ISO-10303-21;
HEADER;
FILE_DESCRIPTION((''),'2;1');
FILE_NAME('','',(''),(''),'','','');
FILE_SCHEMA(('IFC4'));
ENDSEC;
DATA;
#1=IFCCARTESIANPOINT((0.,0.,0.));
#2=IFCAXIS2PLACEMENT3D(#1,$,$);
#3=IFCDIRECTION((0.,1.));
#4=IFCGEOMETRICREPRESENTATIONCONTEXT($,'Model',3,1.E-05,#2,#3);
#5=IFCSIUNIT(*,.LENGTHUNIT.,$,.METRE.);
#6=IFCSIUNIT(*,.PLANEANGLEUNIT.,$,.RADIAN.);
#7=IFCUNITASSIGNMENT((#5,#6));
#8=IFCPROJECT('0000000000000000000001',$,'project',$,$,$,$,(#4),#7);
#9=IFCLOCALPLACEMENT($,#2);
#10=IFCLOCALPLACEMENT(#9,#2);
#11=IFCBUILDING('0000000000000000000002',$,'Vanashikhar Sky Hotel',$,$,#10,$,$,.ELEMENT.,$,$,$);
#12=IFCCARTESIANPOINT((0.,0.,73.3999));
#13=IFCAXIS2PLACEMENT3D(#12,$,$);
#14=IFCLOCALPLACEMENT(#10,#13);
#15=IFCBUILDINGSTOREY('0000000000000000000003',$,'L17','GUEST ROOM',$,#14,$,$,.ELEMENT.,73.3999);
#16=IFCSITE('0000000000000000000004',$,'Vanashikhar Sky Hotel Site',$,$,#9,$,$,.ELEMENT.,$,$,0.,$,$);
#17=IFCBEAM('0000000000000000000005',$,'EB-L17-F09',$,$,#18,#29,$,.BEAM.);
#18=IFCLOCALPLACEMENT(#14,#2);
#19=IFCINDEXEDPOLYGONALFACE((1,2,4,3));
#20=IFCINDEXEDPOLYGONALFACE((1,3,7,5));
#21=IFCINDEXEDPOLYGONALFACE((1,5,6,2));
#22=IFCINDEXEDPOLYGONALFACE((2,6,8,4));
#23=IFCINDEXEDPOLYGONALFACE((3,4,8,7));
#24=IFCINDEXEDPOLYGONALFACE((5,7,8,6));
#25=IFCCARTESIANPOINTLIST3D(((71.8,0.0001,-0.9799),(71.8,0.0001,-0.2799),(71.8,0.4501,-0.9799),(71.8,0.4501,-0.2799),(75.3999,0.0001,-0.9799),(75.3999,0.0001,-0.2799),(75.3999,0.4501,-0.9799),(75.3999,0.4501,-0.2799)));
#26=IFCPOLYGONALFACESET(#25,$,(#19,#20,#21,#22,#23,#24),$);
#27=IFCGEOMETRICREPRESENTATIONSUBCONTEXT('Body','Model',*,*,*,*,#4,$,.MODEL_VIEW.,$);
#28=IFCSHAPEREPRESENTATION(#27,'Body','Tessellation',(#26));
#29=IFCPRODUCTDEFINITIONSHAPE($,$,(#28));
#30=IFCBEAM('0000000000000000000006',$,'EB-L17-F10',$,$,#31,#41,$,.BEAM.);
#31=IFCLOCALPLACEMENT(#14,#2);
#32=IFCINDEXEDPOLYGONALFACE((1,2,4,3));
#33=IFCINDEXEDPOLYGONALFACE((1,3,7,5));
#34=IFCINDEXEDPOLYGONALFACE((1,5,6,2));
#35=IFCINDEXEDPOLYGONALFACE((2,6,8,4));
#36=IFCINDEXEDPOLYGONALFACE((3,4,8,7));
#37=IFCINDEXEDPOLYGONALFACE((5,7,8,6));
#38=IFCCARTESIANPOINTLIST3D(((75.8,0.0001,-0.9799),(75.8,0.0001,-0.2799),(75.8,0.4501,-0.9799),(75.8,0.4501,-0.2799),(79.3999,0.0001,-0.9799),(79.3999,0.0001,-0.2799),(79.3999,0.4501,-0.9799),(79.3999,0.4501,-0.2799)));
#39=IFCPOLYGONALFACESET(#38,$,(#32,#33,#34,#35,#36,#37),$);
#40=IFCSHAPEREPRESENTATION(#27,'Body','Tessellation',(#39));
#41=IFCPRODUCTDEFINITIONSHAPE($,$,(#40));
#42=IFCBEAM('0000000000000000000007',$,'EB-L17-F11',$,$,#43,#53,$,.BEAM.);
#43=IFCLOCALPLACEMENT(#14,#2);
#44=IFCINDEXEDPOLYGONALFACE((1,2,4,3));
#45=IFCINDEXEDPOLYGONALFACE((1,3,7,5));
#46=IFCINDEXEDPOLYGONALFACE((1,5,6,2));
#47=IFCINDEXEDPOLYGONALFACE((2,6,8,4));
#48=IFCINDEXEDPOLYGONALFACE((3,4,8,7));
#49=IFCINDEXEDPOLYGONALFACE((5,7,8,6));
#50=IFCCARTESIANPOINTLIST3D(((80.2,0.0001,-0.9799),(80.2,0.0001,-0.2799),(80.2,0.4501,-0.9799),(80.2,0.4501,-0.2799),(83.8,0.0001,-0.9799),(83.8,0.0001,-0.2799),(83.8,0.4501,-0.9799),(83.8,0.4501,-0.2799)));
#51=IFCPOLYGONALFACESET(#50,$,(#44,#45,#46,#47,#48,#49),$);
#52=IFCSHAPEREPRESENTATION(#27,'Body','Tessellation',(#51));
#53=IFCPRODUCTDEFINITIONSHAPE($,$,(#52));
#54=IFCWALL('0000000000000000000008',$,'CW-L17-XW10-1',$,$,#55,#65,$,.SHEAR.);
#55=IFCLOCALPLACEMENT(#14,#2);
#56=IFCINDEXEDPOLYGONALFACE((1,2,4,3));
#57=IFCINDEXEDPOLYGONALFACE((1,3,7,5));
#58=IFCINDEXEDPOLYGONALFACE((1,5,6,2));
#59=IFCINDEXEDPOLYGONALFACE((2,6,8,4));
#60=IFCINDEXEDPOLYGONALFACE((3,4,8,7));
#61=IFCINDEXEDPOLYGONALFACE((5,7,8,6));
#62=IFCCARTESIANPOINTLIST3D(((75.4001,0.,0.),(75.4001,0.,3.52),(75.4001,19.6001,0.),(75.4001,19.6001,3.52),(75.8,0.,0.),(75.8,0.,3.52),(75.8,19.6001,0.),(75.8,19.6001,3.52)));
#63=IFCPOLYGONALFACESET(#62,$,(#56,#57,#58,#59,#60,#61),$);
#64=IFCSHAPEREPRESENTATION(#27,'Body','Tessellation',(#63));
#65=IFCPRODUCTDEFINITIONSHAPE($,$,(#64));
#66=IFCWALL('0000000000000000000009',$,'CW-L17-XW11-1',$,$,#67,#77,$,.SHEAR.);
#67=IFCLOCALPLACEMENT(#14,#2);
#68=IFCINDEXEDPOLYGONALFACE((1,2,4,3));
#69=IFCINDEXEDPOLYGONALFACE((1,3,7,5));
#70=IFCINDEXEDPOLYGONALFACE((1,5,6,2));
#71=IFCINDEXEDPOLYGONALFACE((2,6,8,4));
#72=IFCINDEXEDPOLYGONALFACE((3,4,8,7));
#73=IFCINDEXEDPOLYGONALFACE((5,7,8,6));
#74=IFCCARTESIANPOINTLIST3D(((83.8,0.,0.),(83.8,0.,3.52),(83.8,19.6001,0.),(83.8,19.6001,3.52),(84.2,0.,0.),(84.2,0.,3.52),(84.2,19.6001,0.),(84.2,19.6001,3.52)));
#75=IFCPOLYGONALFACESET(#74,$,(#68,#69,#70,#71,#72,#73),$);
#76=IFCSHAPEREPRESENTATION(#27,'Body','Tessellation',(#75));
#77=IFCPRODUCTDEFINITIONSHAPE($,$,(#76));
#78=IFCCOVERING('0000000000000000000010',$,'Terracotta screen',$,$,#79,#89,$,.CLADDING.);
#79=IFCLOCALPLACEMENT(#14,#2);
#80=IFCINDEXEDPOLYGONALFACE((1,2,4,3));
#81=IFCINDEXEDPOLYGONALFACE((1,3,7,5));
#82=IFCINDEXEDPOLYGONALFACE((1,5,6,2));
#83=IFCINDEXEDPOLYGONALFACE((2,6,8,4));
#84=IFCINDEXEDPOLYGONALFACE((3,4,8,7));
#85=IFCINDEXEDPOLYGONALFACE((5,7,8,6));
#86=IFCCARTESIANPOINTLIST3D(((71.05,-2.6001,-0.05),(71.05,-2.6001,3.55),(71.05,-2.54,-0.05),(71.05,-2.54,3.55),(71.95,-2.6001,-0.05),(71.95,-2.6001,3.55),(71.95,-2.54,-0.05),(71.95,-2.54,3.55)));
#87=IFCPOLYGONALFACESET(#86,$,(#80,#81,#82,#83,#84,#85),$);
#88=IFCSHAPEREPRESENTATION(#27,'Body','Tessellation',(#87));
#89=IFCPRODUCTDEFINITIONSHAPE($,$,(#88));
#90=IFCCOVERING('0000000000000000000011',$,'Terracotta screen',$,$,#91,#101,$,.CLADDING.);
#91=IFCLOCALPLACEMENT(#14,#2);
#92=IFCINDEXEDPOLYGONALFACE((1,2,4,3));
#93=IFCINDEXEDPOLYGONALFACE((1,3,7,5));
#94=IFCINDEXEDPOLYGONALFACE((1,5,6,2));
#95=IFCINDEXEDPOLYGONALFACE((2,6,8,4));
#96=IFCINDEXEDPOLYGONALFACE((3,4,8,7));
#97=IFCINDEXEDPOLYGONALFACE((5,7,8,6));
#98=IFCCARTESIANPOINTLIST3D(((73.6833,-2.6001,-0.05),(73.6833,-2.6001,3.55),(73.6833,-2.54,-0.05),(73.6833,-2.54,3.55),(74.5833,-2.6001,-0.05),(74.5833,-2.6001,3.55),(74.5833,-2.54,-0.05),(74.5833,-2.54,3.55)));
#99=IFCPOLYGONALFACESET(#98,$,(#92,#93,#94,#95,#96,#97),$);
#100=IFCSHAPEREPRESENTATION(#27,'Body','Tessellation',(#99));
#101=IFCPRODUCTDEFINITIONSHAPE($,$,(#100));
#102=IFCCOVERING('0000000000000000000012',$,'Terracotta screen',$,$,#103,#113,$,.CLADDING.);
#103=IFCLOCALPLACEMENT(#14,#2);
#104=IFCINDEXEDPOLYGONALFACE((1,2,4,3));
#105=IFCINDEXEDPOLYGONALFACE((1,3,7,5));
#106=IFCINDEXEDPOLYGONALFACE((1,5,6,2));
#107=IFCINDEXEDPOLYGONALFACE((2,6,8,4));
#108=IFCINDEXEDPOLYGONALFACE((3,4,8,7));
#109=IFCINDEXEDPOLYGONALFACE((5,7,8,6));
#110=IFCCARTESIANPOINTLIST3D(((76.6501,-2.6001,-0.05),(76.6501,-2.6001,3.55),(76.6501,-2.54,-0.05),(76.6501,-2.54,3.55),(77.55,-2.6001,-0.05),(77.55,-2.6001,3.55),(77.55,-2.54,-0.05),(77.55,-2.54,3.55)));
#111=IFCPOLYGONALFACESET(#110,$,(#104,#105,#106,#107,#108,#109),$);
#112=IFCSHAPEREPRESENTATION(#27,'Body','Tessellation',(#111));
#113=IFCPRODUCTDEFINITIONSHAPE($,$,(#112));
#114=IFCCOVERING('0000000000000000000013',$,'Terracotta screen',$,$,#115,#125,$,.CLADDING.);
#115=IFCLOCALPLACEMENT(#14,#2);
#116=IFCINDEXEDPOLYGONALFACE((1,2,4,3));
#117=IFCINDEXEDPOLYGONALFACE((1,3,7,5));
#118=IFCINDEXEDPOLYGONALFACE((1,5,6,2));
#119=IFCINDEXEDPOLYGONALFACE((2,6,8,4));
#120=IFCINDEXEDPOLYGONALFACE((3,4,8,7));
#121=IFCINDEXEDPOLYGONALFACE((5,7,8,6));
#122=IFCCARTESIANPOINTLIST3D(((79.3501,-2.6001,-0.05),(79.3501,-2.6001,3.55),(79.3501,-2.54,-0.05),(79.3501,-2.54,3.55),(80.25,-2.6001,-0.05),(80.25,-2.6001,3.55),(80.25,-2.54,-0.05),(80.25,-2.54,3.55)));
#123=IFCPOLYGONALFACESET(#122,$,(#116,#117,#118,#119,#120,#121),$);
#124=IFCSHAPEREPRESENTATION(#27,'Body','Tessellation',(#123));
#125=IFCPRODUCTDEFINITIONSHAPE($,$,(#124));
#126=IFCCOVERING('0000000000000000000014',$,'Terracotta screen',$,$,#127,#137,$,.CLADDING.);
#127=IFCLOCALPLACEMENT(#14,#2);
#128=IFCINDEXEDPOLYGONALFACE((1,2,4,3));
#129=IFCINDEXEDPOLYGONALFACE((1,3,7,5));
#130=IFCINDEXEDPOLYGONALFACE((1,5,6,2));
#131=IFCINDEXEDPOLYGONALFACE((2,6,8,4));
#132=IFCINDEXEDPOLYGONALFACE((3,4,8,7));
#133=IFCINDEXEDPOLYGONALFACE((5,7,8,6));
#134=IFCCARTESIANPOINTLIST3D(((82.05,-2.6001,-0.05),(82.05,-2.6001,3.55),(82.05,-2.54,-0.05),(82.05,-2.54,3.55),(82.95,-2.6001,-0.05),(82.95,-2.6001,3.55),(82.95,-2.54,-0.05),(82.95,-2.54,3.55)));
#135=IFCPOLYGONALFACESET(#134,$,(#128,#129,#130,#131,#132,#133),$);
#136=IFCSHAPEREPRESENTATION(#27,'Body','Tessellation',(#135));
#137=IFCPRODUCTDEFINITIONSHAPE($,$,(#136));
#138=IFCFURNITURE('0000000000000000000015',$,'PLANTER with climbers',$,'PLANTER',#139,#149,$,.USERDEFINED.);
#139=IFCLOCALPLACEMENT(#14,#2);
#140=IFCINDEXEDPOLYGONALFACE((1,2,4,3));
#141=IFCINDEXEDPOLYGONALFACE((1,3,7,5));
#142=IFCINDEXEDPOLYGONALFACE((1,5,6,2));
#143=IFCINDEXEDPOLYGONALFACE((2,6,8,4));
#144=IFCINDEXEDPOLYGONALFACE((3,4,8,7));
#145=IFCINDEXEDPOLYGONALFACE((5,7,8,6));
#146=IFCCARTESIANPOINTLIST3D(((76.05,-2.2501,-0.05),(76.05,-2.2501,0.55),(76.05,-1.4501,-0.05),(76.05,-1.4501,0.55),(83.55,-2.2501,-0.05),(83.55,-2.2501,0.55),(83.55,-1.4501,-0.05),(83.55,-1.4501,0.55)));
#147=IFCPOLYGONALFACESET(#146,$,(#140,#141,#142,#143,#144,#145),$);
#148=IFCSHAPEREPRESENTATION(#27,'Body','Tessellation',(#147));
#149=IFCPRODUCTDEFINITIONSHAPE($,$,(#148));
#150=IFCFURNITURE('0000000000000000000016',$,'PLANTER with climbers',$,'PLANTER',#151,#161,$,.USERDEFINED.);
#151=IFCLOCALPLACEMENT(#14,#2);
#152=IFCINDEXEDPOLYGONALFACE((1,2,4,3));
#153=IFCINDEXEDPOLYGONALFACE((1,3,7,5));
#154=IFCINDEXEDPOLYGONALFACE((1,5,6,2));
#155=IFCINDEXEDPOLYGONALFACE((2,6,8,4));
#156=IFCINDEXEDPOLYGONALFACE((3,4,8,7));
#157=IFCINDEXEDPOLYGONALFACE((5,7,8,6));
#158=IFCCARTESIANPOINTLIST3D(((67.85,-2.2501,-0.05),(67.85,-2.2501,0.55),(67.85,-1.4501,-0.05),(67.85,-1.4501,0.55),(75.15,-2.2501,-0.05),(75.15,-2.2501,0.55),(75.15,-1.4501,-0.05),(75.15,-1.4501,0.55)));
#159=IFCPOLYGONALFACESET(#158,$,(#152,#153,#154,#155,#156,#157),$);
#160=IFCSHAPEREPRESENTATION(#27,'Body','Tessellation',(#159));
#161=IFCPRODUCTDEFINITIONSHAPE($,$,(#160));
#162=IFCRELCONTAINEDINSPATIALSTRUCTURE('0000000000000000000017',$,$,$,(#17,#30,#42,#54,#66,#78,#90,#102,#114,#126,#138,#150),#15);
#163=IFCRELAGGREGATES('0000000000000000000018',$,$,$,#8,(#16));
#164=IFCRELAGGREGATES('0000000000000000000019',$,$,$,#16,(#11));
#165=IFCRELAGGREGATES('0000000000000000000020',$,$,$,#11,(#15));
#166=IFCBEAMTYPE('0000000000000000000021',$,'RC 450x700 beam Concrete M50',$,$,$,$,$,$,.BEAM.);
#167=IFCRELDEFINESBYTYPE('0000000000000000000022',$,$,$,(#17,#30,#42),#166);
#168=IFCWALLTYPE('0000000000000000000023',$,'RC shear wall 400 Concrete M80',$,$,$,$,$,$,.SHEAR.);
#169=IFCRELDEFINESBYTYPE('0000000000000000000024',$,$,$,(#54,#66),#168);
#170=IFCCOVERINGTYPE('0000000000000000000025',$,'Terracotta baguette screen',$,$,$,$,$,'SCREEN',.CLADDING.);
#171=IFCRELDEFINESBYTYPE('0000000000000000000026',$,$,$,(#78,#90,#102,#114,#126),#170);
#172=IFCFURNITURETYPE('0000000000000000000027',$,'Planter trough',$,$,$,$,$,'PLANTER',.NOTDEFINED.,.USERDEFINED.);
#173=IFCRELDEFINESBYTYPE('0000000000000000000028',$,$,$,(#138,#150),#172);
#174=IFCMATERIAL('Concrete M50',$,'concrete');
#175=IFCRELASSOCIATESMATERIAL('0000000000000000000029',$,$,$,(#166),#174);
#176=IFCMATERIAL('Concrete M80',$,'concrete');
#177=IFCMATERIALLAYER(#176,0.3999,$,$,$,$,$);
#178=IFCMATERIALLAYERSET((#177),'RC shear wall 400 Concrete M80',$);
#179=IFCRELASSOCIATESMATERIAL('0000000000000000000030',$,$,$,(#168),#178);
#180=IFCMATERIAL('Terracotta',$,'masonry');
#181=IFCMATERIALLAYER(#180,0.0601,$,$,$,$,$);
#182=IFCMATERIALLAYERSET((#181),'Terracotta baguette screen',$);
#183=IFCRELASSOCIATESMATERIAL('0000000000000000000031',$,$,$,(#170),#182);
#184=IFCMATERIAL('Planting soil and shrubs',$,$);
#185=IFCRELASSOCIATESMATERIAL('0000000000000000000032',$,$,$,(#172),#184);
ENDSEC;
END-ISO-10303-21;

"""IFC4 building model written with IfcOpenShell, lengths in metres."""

from ifc_helpers import new_model, si_unit, direction, frame, frame_2d, origin, origin_2d, place, context, subcontext, project, spatial, rectangle, extrude, source, transform, mapped, material, layer, layer_set, material_profile, profile_set, type_object, element, save


model = new_model("IFC4")

# Units and contexts
model_context = context("Model", 3, precision=1e-05, world=origin(), true_north=direction((0.0, 1.0)))
body_context = subcontext(model_context, "Body", "Model", "MODEL_VIEW")
ifc_project = project(units=[si_unit("LENGTHUNIT", "METRE"), si_unit("PLANEANGLEUNIT", "RADIAN")], contexts=[model_context])

# Site, building, storey
site_placement = place(None, origin())
site = spatial("IfcSite", under=ifc_project, at=site_placement, Name="Vanashikhar Sky Hotel Site", CompositionType="ELEMENT", RefElevation=0.0)
building_placement = place(site_placement, origin())
building = spatial("IfcBuilding", under=site, at=building_placement, Name="Vanashikhar Sky Hotel", CompositionType="ELEMENT")
storey_placement = place(building_placement, frame((0.0, 0.0, 73.3999)))
storey = spatial("IfcBuildingStorey", under=building, at=storey_placement, Name="L17", Description="GUEST ROOM", CompositionType="ELEMENT", Elevation=73.3999)

# Beams
ifc_material_1 = material(Name="Concrete M50", Category="concrete")
ifc_material_profile = material_profile(ifc_material_1, rectangle(XDim=0.45, YDim=0.7, at=origin_2d()))
ifc_profile_set = profile_set([ifc_material_profile], Name="RC 450x700 beam Concrete M50")
beam_type = type_object("IfcBeamType", Name="RC 450x700 beam Concrete M50", PredefinedType="BEAM", material=ifc_profile_set)
shared_shape_1 = source(origin(), body_context, "Body", "SweptSolid", [
    extrude(rectangle(XDim=0.45, YDim=0.7, at=origin_2d()), origin(), (0.0, 0.0, 1.0), 3.5999),
])
for number, where, z_axis, x_axis, name in (
    (1, (71.8, 0.2251, -0.6299), (1.0, 0.0, 0.0), (0.0, 1.0, 0.0), "EB-L17-F09"),
    (2, (75.8, 0.2251, -0.6299), (1.0, 0.0, 0.0), (0.0, 1.0, 0.0), "EB-L17-F10"),
):
    element("IfcBeam", number, at=place(storey_placement, frame(where, z_axis=z_axis, x_axis=x_axis)), inside=storey, type_object=beam_type, Name=name, PredefinedType="BEAM", context=body_context, shape_type="MappedRepresentation", body=[
        mapped(shared_shape_1, transform((0.0, 0.0, 0.0), scale=1.0)),
    ])
shared_shape_2 = source(origin(), body_context, "Body", "SweptSolid", [
    extrude(rectangle(XDim=0.45, YDim=0.7, at=origin_2d()), origin(), (0.0, 0.0, 1.0), 3.6001),
])
beam_placement = place(storey_placement, frame((80.2, 0.2251, -0.6299), z_axis=(1.0, 0.0, 0.0), x_axis=(0.0, 1.0, 0.0)))
element("IfcBeam", 3, at=beam_placement, inside=storey, type_object=beam_type, Name="EB-L17-F11", PredefinedType="BEAM", context=body_context, shape_type="MappedRepresentation", body=[
    mapped(shared_shape_2, transform((0.0, 0.0, 0.0), scale=1.0)),
])

# Walls
ifc_material_2 = material(Name="Concrete M80", Category="concrete")
ifc_layer_1 = layer(ifc_material_2, 0.3999)
ifc_layer_set_1 = layer_set([ifc_layer_1], Name="RC shear wall 400 Concrete M80")
wall_type = type_object("IfcWallType", Name="RC shear wall 400 Concrete M80", PredefinedType="SHEAR", material=ifc_layer_set_1)
shared_shape_3 = source(origin(), body_context, "Body", "SweptSolid", [
    extrude(rectangle(XDim=19.6001, YDim=0.3999, at=frame_2d((9.8, 0.0))), origin(), (0.0, 0.0, 1.0), 3.52),
])
for number, where, z_axis, x_axis, name in (
    (4, (75.6001, 0.0, 0.0), (0.0, 0.0, 1.0), (0.0, 1.0, 0.0), "CW-L17-XW10-1"),
    (5, (84.0, 0.0, 0.0), (0.0, 0.0, 1.0), (0.0, 1.0, 0.0), "CW-L17-XW11-1"),
):
    element("IfcWall", number, at=place(storey_placement, frame(where, z_axis=z_axis, x_axis=x_axis)), inside=storey, type_object=wall_type, Name=name, PredefinedType="SHEAR", context=body_context, shape_type="MappedRepresentation", body=[
        mapped(shared_shape_3, transform((0.0, 0.0, 0.0), scale=1.0)),
    ])

# Coverings
ifc_material_3 = material(Name="Terracotta", Category="masonry")
ifc_layer_2 = layer(ifc_material_3, 0.0601)
ifc_layer_set_2 = layer_set([ifc_layer_2], Name="Terracotta baguette screen")
covering_type = type_object("IfcCoveringType", Name="Terracotta baguette screen", ElementType="SCREEN", PredefinedType="CLADDING", material=ifc_layer_set_2)
shared_shape_4 = source(origin(), body_context, "Body", "SweptSolid", [
    extrude(rectangle(XDim=0.8999, YDim=0.0601, at=origin_2d()), origin(), (0.0, 0.0, 1.0), 3.6001),
])
for number, where, z_axis, x_axis, name in (
    (6, (71.5, -2.5701, -0.05), (0.0, 0.0, 1.0), (1.0, 0.0, 0.0), "Terracotta screen"),
    (7, (74.1333, -2.5701, -0.05), (0.0, 0.0, 1.0), (1.0, 0.0, 0.0), "Terracotta screen"),
    (8, (77.1001, -2.5701, -0.05), (0.0, 0.0, 1.0), (1.0, 0.0, 0.0), "Terracotta screen"),
    (9, (79.8, -2.5701, -0.05), (0.0, 0.0, 1.0), (1.0, 0.0, 0.0), "Terracotta screen"),
    (10, (82.5, -2.5701, -0.05), (0.0, 0.0, 1.0), (1.0, 0.0, 0.0), "Terracotta screen"),
):
    element("IfcCovering", number, at=place(storey_placement, frame(where, z_axis=z_axis, x_axis=x_axis)), inside=storey, type_object=covering_type, Name=name, PredefinedType="CLADDING", context=body_context, shape_type="MappedRepresentation", body=[
        mapped(shared_shape_4, transform((0.0, 0.0, 0.0), scale=1.0)),
    ])

# Furniture
ifc_material_4 = material(Name="Planting soil and shrubs")
furniture_type = type_object("IfcFurnitureType", Name="Planter trough", ElementType="PLANTER", AssemblyPlace="NOTDEFINED", PredefinedType="USERDEFINED", material=ifc_material_4)
shared_shape_5 = source(origin(), body_context, "Body", "SweptSolid", [
    extrude(rectangle(XDim=7.5, YDim=0.8, at=origin_2d()), origin(), (0.0, 0.0, 1.0), 0.6001),
])
furniture_1_placement = place(storey_placement, frame((79.8, -1.8501, -0.05), z_axis=(0.0, 0.0, 1.0), x_axis=(1.0, 0.0, 0.0)))
element("IfcFurniture", 11, at=furniture_1_placement, inside=storey, type_object=furniture_type, Name="PLANTER with climbers", ObjectType="PLANTER", PredefinedType="USERDEFINED", context=body_context, shape_type="MappedRepresentation", body=[
    mapped(shared_shape_5, transform((0.0, 0.0, 0.0), scale=1.0)),
])
shared_shape_6 = source(origin(), body_context, "Body", "SweptSolid", [
    extrude(rectangle(XDim=7.3, YDim=0.8, at=origin_2d()), origin(), (0.0, 0.0, 1.0), 0.6001),
])
furniture_2_placement = place(storey_placement, frame((71.5, -1.8501, -0.05), z_axis=(0.0, 0.0, 1.0), x_axis=(1.0, 0.0, 0.0)))
element("IfcFurniture", 12, at=furniture_2_placement, inside=storey, type_object=furniture_type, Name="PLANTER with climbers", ObjectType="PLANTER", PredefinedType="USERDEFINED", context=body_context, shape_type="MappedRepresentation", body=[
    mapped(shared_shape_6, transform((0.0, 0.0, 0.0), scale=1.0)),
])

save(model, "model.ifc")
